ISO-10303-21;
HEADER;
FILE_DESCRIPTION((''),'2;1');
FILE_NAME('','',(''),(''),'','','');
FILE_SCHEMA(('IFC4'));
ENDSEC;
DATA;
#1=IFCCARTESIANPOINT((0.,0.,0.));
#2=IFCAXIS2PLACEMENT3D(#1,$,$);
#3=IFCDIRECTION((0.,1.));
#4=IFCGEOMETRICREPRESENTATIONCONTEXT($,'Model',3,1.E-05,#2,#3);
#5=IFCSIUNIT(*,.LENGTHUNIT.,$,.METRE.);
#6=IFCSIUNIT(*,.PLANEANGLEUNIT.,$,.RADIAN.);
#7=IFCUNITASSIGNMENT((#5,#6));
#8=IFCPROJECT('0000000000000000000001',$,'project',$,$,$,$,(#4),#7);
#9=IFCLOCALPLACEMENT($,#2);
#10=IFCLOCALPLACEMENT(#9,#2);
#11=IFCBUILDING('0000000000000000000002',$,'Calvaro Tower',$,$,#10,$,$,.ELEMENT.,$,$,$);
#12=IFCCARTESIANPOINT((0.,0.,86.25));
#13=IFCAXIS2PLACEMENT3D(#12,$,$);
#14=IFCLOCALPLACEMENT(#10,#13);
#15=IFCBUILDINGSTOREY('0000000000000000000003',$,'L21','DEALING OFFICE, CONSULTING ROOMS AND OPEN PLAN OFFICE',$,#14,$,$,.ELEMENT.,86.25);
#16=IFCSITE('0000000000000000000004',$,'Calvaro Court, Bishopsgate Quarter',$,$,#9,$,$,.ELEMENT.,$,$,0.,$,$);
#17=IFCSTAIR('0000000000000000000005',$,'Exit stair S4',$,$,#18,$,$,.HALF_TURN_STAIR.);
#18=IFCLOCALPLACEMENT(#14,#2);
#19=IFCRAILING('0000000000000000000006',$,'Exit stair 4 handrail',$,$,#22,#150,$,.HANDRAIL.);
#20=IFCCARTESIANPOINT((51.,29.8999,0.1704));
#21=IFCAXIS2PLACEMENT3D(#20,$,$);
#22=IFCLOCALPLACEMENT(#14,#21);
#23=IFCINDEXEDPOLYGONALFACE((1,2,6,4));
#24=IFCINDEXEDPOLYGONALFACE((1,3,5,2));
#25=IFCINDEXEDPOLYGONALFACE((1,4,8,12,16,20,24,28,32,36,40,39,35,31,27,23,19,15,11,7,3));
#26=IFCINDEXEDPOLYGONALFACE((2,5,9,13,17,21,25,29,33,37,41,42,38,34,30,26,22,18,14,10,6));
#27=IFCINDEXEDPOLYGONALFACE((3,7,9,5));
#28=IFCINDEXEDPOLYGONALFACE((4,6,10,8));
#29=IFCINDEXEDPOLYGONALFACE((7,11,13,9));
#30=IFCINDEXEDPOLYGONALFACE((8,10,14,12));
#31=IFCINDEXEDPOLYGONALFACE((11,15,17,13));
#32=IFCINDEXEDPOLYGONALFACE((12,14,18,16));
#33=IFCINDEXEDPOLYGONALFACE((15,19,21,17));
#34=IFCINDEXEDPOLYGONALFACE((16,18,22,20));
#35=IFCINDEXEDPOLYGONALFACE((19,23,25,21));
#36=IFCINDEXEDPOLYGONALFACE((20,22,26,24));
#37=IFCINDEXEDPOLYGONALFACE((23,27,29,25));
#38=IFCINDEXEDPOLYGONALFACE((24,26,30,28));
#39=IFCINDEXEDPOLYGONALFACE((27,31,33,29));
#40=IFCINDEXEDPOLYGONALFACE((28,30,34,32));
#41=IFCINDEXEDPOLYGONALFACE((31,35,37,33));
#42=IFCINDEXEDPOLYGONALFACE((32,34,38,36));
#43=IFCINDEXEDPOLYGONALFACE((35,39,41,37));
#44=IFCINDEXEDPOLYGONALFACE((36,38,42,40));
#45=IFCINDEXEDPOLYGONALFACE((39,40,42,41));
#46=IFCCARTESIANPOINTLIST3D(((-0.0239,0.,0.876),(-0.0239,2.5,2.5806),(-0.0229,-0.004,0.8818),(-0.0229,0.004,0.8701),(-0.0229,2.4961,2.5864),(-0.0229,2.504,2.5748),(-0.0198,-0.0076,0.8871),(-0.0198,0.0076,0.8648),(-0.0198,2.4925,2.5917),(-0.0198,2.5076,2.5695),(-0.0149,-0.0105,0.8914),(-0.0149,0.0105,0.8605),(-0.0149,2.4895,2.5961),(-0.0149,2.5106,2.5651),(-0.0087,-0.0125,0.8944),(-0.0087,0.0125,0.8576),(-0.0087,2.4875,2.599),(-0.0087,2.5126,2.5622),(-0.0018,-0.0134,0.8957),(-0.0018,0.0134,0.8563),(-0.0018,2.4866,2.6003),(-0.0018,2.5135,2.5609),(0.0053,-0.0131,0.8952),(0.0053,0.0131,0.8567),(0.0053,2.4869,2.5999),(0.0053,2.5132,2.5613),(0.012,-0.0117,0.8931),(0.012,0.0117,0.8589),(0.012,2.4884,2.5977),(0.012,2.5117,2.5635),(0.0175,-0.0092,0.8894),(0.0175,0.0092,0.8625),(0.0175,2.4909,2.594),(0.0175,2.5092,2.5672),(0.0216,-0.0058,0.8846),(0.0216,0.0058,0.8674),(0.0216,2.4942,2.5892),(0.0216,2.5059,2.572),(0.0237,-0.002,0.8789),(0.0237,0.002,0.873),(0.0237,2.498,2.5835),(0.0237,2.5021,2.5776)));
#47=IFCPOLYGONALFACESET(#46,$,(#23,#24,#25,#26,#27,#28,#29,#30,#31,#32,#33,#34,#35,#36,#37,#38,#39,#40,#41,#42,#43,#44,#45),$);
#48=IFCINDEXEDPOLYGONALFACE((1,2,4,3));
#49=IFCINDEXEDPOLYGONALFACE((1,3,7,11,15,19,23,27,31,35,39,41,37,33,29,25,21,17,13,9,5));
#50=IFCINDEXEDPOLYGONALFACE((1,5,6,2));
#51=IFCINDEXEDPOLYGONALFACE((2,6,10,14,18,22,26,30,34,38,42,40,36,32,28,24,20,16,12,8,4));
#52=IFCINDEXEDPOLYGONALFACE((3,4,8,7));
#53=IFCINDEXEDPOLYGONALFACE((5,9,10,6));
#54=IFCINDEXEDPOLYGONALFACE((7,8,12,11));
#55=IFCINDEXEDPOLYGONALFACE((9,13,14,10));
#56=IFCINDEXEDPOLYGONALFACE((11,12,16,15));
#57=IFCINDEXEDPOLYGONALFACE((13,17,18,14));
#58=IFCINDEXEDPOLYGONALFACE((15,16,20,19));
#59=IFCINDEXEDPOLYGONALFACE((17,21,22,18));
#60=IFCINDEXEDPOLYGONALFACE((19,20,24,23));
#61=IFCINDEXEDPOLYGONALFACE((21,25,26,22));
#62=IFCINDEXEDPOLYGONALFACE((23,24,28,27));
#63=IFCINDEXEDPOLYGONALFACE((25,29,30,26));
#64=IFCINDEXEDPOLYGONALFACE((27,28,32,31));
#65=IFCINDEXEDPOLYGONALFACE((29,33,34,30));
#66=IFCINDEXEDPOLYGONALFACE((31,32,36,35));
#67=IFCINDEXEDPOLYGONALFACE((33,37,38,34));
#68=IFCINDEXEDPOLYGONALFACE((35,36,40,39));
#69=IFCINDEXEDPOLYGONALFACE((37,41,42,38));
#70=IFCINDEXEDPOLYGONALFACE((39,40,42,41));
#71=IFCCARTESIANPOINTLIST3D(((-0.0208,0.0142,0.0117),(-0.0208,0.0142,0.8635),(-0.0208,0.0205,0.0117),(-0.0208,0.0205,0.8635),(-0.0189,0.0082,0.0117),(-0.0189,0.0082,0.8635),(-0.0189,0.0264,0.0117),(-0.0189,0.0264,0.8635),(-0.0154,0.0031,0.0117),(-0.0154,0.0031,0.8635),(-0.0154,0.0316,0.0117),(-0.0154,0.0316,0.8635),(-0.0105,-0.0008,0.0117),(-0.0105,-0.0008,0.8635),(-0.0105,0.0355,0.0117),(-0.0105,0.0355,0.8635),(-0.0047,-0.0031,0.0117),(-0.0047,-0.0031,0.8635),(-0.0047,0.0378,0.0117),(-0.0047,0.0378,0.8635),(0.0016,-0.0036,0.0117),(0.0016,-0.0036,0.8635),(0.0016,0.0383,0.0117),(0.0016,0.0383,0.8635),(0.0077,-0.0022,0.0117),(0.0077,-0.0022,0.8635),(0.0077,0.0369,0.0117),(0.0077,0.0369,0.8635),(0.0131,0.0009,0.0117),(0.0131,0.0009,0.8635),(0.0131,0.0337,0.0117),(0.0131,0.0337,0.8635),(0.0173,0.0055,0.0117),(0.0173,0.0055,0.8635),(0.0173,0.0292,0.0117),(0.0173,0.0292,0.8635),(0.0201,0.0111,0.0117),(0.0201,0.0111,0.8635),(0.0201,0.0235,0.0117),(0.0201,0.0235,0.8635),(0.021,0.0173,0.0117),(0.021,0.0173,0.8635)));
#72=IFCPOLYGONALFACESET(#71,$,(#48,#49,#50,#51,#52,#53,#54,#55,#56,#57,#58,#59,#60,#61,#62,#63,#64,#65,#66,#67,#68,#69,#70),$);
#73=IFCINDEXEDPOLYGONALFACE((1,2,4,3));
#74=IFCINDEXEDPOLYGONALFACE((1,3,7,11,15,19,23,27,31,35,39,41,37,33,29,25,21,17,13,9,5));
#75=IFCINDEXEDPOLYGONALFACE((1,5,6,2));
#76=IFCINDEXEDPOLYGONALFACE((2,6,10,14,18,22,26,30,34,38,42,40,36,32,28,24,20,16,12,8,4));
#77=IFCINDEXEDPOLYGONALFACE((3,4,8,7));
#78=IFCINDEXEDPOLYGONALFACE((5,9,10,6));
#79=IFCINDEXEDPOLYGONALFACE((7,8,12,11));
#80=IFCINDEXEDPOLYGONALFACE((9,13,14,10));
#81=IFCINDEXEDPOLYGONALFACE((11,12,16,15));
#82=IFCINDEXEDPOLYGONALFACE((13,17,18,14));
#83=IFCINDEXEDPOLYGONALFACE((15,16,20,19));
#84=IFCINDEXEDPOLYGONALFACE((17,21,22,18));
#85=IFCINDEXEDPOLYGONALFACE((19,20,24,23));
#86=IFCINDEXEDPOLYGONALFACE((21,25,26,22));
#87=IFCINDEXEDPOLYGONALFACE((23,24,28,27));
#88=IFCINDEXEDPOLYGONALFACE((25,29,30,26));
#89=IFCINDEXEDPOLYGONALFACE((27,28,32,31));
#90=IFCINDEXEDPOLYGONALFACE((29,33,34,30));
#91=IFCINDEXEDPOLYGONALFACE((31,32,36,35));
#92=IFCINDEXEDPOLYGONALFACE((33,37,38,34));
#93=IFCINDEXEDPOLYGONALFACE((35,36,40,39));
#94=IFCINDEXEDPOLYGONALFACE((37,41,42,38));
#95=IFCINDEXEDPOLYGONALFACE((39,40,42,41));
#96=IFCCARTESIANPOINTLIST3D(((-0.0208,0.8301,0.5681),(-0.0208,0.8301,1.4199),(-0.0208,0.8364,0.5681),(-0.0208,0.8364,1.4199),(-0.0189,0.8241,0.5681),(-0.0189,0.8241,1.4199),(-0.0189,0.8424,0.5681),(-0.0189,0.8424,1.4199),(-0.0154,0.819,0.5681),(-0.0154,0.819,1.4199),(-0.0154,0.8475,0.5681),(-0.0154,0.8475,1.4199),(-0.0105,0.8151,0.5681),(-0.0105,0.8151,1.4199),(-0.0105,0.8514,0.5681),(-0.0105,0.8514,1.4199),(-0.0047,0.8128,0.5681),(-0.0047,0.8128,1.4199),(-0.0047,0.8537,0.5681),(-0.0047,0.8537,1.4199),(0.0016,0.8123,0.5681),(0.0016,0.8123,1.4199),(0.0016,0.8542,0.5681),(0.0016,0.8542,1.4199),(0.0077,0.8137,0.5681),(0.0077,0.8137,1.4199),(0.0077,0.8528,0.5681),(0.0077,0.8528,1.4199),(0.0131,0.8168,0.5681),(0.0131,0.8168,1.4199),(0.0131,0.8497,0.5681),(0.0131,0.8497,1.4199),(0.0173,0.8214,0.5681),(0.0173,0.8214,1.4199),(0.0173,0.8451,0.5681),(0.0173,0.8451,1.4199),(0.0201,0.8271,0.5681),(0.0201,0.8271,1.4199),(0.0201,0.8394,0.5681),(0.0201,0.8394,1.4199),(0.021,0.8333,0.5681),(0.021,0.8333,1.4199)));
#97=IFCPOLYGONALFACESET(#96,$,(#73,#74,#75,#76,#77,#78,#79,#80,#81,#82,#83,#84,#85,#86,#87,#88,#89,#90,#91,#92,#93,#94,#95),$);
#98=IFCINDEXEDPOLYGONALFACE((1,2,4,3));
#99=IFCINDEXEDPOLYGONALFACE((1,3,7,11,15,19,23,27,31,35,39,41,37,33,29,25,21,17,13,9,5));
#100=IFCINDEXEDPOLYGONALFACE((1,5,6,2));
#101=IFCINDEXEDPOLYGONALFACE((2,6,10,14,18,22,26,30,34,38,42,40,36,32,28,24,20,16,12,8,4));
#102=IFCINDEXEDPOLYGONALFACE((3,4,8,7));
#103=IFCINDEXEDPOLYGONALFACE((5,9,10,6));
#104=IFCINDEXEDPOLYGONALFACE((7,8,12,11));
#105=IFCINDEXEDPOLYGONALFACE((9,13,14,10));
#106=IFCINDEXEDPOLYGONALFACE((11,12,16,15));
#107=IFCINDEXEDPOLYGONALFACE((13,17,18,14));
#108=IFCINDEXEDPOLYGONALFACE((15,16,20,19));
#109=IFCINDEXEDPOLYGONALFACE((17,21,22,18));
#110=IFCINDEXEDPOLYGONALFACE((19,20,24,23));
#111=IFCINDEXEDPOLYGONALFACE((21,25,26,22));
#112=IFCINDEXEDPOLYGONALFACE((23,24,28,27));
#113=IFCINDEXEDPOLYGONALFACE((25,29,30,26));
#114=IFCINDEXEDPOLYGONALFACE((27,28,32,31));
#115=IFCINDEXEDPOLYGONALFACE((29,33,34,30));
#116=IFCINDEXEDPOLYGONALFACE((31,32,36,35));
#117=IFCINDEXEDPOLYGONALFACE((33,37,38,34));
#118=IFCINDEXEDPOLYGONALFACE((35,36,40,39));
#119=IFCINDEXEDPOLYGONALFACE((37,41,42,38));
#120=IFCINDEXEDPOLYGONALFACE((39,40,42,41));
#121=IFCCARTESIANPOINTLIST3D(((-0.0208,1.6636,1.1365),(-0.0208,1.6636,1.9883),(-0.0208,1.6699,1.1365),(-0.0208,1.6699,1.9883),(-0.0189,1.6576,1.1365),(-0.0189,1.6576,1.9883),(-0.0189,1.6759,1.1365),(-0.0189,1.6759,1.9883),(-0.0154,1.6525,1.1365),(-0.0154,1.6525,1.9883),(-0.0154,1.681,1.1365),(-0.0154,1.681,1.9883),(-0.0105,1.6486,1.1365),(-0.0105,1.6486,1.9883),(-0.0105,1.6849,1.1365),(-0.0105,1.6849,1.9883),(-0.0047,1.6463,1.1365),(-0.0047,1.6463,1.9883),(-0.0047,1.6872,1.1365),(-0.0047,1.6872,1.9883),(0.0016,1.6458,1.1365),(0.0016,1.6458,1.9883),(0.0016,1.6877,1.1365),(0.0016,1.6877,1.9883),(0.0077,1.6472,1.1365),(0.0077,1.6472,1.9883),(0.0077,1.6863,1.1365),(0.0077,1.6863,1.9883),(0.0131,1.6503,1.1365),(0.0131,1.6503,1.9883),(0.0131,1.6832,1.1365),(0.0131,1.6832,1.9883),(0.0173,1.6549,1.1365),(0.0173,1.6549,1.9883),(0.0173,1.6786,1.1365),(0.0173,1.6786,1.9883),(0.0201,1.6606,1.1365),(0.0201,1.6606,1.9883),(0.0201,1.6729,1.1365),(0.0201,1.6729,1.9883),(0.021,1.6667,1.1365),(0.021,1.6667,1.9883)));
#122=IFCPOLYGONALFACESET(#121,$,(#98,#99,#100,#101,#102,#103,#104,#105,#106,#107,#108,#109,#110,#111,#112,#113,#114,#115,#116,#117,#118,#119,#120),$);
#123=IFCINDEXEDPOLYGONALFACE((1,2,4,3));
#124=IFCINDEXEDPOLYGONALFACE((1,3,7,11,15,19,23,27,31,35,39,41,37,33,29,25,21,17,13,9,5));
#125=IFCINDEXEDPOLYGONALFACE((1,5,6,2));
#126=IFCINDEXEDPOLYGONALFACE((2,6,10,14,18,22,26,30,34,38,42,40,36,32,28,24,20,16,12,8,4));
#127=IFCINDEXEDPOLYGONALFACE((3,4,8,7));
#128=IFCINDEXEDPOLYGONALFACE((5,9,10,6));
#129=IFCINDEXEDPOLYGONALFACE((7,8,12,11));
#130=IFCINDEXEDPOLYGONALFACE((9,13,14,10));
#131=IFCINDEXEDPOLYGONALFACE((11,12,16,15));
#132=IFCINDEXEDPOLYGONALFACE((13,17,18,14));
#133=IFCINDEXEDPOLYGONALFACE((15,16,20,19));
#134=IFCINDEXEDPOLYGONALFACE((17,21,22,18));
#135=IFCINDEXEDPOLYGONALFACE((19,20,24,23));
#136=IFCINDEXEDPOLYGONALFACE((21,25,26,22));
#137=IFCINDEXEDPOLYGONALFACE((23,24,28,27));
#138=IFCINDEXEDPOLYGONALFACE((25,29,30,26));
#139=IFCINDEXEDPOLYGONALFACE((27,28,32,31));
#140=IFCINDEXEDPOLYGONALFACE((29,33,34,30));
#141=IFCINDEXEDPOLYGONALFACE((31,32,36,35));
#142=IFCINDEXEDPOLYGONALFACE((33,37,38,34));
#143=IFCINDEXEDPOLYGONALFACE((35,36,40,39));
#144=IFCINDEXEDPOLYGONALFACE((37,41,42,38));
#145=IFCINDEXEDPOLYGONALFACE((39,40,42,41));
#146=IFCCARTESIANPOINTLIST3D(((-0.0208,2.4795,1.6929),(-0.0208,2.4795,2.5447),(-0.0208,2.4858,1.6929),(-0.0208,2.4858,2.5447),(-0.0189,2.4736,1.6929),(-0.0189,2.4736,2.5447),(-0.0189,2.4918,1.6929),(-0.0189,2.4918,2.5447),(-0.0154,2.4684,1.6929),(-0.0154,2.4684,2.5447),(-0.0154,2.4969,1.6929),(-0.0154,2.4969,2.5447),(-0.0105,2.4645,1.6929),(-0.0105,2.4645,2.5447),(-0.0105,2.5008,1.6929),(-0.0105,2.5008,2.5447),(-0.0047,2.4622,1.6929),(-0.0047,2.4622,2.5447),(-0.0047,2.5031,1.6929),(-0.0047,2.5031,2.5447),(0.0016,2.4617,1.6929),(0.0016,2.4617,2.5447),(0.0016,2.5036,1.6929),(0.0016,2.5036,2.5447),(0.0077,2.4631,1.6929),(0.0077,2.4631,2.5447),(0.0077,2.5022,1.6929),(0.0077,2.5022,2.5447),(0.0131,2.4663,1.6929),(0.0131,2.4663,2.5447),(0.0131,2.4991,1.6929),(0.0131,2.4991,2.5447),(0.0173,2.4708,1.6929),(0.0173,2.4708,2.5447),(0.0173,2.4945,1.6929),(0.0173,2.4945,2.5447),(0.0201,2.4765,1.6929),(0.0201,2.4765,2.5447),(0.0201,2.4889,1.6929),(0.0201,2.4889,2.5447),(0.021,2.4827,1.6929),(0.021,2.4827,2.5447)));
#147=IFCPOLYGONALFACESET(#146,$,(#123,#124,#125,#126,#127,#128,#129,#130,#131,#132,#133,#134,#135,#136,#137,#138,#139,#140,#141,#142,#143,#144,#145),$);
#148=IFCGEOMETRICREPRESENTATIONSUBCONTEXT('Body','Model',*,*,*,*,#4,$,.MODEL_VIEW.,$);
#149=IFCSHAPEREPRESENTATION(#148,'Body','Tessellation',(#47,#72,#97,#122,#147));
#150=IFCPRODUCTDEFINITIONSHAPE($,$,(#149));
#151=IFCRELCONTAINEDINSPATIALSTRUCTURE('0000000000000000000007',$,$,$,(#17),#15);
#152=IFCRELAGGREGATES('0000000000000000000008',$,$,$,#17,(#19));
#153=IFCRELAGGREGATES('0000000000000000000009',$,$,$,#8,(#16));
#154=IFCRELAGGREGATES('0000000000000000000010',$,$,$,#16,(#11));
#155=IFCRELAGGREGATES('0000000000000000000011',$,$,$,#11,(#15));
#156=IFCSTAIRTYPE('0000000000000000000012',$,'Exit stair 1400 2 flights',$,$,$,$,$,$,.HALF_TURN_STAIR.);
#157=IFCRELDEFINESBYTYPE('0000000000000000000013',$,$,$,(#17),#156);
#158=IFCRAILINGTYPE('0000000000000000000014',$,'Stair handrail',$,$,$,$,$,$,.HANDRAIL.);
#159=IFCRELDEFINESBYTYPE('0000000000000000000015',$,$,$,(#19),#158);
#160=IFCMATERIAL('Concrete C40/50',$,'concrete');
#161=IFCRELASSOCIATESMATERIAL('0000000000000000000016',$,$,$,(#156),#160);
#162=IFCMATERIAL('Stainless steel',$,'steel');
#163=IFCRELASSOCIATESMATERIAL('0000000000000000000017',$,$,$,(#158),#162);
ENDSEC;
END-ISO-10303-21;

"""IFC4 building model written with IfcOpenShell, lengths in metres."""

from ifc_helpers import new_model, si_unit, direction, frame, origin, origin_2d, place, context, subcontext, project, spatial, circle, extrude, material, type_object, element, aggregate, save


model = new_model("IFC4")

# Units and contexts
model_context = context("Model", 3, precision=1e-05, world=origin(), true_north=direction((0.0, 1.0)))
body_context = subcontext(model_context, "Body", "Model", "MODEL_VIEW")
ifc_project = project(units=[si_unit("LENGTHUNIT", "METRE"), si_unit("PLANEANGLEUNIT", "RADIAN")], contexts=[model_context])

# Site, building, storey
site_placement = place(None, origin())
site = spatial("IfcSite", under=ifc_project, at=site_placement, Name="Calvaro Court, Bishopsgate Quarter", CompositionType="ELEMENT", RefElevation=0.0)
building_placement = place(site_placement, origin())
building = spatial("IfcBuilding", under=site, at=building_placement, Name="Calvaro Tower", CompositionType="ELEMENT")
storey_placement = place(building_placement, frame((0.0, 0.0, 86.25)))
storey = spatial("IfcBuildingStorey", under=building, at=storey_placement, Name="L21", Description="DEALING OFFICE, CONSULTING ROOMS AND OPEN PLAN OFFICE", CompositionType="ELEMENT", Elevation=86.25)

# Stair
ifc_material_1 = material(Name="Concrete C40/50", Category="concrete")
stair_type = type_object("IfcStairType", Name="Exit stair 1400 2 flights", PredefinedType="HALF_TURN_STAIR", material=ifc_material_1)
stair_1_placement = place(storey_placement, origin())
stair_1 = element("IfcStair", 1, at=stair_1_placement, inside=storey, type_object=stair_type, Name="Exit stair S4", PredefinedType="HALF_TURN_STAIR")

# Railing
ifc_material_2 = material(Name="Stainless steel", Category="steel")
railing_type = type_object("IfcRailingType", Name="Stair handrail", PredefinedType="HANDRAIL", material=ifc_material_2)
railing_1_placement = place(storey_placement, frame((51.0, 29.8999, 0.1704)))
railing_1 = element("IfcRailing", 2, at=railing_1_placement, type_object=railing_type, Name="Exit stair 4 handrail", PredefinedType="HANDRAIL", context=body_context, shape_type="SweptSolid", body=[
    extrude(circle(Radius=0.0239, at=origin_2d()), frame((0.0, 0.0, 0.876), z_axis=(0.0, 0.826221, 0.563347), x_axis=(-1.0, 0.0, 0.0)), (0.0, 0.0, 1.0), 3.0259),
    extrude(circle(Radius=0.021, at=origin_2d()), frame((0.0, 0.0173, 0.0117)), (0.0, 0.0, 1.0), 0.8518),
    extrude(circle(Radius=0.021, at=origin_2d()), frame((0.0, 0.8333, 0.5681)), (0.0, 0.0, 1.0), 0.8518),
    extrude(circle(Radius=0.021, at=origin_2d()), frame((0.0, 1.6667, 1.1365)), (0.0, 0.0, 1.0), 0.8518),
    extrude(circle(Radius=0.021, at=origin_2d()), frame((0.0, 2.4827, 1.6929)), (0.0, 0.0, 1.0), 0.8518),
])
aggregate(stair_1, [railing_1])

save(model, "model.ifc")
